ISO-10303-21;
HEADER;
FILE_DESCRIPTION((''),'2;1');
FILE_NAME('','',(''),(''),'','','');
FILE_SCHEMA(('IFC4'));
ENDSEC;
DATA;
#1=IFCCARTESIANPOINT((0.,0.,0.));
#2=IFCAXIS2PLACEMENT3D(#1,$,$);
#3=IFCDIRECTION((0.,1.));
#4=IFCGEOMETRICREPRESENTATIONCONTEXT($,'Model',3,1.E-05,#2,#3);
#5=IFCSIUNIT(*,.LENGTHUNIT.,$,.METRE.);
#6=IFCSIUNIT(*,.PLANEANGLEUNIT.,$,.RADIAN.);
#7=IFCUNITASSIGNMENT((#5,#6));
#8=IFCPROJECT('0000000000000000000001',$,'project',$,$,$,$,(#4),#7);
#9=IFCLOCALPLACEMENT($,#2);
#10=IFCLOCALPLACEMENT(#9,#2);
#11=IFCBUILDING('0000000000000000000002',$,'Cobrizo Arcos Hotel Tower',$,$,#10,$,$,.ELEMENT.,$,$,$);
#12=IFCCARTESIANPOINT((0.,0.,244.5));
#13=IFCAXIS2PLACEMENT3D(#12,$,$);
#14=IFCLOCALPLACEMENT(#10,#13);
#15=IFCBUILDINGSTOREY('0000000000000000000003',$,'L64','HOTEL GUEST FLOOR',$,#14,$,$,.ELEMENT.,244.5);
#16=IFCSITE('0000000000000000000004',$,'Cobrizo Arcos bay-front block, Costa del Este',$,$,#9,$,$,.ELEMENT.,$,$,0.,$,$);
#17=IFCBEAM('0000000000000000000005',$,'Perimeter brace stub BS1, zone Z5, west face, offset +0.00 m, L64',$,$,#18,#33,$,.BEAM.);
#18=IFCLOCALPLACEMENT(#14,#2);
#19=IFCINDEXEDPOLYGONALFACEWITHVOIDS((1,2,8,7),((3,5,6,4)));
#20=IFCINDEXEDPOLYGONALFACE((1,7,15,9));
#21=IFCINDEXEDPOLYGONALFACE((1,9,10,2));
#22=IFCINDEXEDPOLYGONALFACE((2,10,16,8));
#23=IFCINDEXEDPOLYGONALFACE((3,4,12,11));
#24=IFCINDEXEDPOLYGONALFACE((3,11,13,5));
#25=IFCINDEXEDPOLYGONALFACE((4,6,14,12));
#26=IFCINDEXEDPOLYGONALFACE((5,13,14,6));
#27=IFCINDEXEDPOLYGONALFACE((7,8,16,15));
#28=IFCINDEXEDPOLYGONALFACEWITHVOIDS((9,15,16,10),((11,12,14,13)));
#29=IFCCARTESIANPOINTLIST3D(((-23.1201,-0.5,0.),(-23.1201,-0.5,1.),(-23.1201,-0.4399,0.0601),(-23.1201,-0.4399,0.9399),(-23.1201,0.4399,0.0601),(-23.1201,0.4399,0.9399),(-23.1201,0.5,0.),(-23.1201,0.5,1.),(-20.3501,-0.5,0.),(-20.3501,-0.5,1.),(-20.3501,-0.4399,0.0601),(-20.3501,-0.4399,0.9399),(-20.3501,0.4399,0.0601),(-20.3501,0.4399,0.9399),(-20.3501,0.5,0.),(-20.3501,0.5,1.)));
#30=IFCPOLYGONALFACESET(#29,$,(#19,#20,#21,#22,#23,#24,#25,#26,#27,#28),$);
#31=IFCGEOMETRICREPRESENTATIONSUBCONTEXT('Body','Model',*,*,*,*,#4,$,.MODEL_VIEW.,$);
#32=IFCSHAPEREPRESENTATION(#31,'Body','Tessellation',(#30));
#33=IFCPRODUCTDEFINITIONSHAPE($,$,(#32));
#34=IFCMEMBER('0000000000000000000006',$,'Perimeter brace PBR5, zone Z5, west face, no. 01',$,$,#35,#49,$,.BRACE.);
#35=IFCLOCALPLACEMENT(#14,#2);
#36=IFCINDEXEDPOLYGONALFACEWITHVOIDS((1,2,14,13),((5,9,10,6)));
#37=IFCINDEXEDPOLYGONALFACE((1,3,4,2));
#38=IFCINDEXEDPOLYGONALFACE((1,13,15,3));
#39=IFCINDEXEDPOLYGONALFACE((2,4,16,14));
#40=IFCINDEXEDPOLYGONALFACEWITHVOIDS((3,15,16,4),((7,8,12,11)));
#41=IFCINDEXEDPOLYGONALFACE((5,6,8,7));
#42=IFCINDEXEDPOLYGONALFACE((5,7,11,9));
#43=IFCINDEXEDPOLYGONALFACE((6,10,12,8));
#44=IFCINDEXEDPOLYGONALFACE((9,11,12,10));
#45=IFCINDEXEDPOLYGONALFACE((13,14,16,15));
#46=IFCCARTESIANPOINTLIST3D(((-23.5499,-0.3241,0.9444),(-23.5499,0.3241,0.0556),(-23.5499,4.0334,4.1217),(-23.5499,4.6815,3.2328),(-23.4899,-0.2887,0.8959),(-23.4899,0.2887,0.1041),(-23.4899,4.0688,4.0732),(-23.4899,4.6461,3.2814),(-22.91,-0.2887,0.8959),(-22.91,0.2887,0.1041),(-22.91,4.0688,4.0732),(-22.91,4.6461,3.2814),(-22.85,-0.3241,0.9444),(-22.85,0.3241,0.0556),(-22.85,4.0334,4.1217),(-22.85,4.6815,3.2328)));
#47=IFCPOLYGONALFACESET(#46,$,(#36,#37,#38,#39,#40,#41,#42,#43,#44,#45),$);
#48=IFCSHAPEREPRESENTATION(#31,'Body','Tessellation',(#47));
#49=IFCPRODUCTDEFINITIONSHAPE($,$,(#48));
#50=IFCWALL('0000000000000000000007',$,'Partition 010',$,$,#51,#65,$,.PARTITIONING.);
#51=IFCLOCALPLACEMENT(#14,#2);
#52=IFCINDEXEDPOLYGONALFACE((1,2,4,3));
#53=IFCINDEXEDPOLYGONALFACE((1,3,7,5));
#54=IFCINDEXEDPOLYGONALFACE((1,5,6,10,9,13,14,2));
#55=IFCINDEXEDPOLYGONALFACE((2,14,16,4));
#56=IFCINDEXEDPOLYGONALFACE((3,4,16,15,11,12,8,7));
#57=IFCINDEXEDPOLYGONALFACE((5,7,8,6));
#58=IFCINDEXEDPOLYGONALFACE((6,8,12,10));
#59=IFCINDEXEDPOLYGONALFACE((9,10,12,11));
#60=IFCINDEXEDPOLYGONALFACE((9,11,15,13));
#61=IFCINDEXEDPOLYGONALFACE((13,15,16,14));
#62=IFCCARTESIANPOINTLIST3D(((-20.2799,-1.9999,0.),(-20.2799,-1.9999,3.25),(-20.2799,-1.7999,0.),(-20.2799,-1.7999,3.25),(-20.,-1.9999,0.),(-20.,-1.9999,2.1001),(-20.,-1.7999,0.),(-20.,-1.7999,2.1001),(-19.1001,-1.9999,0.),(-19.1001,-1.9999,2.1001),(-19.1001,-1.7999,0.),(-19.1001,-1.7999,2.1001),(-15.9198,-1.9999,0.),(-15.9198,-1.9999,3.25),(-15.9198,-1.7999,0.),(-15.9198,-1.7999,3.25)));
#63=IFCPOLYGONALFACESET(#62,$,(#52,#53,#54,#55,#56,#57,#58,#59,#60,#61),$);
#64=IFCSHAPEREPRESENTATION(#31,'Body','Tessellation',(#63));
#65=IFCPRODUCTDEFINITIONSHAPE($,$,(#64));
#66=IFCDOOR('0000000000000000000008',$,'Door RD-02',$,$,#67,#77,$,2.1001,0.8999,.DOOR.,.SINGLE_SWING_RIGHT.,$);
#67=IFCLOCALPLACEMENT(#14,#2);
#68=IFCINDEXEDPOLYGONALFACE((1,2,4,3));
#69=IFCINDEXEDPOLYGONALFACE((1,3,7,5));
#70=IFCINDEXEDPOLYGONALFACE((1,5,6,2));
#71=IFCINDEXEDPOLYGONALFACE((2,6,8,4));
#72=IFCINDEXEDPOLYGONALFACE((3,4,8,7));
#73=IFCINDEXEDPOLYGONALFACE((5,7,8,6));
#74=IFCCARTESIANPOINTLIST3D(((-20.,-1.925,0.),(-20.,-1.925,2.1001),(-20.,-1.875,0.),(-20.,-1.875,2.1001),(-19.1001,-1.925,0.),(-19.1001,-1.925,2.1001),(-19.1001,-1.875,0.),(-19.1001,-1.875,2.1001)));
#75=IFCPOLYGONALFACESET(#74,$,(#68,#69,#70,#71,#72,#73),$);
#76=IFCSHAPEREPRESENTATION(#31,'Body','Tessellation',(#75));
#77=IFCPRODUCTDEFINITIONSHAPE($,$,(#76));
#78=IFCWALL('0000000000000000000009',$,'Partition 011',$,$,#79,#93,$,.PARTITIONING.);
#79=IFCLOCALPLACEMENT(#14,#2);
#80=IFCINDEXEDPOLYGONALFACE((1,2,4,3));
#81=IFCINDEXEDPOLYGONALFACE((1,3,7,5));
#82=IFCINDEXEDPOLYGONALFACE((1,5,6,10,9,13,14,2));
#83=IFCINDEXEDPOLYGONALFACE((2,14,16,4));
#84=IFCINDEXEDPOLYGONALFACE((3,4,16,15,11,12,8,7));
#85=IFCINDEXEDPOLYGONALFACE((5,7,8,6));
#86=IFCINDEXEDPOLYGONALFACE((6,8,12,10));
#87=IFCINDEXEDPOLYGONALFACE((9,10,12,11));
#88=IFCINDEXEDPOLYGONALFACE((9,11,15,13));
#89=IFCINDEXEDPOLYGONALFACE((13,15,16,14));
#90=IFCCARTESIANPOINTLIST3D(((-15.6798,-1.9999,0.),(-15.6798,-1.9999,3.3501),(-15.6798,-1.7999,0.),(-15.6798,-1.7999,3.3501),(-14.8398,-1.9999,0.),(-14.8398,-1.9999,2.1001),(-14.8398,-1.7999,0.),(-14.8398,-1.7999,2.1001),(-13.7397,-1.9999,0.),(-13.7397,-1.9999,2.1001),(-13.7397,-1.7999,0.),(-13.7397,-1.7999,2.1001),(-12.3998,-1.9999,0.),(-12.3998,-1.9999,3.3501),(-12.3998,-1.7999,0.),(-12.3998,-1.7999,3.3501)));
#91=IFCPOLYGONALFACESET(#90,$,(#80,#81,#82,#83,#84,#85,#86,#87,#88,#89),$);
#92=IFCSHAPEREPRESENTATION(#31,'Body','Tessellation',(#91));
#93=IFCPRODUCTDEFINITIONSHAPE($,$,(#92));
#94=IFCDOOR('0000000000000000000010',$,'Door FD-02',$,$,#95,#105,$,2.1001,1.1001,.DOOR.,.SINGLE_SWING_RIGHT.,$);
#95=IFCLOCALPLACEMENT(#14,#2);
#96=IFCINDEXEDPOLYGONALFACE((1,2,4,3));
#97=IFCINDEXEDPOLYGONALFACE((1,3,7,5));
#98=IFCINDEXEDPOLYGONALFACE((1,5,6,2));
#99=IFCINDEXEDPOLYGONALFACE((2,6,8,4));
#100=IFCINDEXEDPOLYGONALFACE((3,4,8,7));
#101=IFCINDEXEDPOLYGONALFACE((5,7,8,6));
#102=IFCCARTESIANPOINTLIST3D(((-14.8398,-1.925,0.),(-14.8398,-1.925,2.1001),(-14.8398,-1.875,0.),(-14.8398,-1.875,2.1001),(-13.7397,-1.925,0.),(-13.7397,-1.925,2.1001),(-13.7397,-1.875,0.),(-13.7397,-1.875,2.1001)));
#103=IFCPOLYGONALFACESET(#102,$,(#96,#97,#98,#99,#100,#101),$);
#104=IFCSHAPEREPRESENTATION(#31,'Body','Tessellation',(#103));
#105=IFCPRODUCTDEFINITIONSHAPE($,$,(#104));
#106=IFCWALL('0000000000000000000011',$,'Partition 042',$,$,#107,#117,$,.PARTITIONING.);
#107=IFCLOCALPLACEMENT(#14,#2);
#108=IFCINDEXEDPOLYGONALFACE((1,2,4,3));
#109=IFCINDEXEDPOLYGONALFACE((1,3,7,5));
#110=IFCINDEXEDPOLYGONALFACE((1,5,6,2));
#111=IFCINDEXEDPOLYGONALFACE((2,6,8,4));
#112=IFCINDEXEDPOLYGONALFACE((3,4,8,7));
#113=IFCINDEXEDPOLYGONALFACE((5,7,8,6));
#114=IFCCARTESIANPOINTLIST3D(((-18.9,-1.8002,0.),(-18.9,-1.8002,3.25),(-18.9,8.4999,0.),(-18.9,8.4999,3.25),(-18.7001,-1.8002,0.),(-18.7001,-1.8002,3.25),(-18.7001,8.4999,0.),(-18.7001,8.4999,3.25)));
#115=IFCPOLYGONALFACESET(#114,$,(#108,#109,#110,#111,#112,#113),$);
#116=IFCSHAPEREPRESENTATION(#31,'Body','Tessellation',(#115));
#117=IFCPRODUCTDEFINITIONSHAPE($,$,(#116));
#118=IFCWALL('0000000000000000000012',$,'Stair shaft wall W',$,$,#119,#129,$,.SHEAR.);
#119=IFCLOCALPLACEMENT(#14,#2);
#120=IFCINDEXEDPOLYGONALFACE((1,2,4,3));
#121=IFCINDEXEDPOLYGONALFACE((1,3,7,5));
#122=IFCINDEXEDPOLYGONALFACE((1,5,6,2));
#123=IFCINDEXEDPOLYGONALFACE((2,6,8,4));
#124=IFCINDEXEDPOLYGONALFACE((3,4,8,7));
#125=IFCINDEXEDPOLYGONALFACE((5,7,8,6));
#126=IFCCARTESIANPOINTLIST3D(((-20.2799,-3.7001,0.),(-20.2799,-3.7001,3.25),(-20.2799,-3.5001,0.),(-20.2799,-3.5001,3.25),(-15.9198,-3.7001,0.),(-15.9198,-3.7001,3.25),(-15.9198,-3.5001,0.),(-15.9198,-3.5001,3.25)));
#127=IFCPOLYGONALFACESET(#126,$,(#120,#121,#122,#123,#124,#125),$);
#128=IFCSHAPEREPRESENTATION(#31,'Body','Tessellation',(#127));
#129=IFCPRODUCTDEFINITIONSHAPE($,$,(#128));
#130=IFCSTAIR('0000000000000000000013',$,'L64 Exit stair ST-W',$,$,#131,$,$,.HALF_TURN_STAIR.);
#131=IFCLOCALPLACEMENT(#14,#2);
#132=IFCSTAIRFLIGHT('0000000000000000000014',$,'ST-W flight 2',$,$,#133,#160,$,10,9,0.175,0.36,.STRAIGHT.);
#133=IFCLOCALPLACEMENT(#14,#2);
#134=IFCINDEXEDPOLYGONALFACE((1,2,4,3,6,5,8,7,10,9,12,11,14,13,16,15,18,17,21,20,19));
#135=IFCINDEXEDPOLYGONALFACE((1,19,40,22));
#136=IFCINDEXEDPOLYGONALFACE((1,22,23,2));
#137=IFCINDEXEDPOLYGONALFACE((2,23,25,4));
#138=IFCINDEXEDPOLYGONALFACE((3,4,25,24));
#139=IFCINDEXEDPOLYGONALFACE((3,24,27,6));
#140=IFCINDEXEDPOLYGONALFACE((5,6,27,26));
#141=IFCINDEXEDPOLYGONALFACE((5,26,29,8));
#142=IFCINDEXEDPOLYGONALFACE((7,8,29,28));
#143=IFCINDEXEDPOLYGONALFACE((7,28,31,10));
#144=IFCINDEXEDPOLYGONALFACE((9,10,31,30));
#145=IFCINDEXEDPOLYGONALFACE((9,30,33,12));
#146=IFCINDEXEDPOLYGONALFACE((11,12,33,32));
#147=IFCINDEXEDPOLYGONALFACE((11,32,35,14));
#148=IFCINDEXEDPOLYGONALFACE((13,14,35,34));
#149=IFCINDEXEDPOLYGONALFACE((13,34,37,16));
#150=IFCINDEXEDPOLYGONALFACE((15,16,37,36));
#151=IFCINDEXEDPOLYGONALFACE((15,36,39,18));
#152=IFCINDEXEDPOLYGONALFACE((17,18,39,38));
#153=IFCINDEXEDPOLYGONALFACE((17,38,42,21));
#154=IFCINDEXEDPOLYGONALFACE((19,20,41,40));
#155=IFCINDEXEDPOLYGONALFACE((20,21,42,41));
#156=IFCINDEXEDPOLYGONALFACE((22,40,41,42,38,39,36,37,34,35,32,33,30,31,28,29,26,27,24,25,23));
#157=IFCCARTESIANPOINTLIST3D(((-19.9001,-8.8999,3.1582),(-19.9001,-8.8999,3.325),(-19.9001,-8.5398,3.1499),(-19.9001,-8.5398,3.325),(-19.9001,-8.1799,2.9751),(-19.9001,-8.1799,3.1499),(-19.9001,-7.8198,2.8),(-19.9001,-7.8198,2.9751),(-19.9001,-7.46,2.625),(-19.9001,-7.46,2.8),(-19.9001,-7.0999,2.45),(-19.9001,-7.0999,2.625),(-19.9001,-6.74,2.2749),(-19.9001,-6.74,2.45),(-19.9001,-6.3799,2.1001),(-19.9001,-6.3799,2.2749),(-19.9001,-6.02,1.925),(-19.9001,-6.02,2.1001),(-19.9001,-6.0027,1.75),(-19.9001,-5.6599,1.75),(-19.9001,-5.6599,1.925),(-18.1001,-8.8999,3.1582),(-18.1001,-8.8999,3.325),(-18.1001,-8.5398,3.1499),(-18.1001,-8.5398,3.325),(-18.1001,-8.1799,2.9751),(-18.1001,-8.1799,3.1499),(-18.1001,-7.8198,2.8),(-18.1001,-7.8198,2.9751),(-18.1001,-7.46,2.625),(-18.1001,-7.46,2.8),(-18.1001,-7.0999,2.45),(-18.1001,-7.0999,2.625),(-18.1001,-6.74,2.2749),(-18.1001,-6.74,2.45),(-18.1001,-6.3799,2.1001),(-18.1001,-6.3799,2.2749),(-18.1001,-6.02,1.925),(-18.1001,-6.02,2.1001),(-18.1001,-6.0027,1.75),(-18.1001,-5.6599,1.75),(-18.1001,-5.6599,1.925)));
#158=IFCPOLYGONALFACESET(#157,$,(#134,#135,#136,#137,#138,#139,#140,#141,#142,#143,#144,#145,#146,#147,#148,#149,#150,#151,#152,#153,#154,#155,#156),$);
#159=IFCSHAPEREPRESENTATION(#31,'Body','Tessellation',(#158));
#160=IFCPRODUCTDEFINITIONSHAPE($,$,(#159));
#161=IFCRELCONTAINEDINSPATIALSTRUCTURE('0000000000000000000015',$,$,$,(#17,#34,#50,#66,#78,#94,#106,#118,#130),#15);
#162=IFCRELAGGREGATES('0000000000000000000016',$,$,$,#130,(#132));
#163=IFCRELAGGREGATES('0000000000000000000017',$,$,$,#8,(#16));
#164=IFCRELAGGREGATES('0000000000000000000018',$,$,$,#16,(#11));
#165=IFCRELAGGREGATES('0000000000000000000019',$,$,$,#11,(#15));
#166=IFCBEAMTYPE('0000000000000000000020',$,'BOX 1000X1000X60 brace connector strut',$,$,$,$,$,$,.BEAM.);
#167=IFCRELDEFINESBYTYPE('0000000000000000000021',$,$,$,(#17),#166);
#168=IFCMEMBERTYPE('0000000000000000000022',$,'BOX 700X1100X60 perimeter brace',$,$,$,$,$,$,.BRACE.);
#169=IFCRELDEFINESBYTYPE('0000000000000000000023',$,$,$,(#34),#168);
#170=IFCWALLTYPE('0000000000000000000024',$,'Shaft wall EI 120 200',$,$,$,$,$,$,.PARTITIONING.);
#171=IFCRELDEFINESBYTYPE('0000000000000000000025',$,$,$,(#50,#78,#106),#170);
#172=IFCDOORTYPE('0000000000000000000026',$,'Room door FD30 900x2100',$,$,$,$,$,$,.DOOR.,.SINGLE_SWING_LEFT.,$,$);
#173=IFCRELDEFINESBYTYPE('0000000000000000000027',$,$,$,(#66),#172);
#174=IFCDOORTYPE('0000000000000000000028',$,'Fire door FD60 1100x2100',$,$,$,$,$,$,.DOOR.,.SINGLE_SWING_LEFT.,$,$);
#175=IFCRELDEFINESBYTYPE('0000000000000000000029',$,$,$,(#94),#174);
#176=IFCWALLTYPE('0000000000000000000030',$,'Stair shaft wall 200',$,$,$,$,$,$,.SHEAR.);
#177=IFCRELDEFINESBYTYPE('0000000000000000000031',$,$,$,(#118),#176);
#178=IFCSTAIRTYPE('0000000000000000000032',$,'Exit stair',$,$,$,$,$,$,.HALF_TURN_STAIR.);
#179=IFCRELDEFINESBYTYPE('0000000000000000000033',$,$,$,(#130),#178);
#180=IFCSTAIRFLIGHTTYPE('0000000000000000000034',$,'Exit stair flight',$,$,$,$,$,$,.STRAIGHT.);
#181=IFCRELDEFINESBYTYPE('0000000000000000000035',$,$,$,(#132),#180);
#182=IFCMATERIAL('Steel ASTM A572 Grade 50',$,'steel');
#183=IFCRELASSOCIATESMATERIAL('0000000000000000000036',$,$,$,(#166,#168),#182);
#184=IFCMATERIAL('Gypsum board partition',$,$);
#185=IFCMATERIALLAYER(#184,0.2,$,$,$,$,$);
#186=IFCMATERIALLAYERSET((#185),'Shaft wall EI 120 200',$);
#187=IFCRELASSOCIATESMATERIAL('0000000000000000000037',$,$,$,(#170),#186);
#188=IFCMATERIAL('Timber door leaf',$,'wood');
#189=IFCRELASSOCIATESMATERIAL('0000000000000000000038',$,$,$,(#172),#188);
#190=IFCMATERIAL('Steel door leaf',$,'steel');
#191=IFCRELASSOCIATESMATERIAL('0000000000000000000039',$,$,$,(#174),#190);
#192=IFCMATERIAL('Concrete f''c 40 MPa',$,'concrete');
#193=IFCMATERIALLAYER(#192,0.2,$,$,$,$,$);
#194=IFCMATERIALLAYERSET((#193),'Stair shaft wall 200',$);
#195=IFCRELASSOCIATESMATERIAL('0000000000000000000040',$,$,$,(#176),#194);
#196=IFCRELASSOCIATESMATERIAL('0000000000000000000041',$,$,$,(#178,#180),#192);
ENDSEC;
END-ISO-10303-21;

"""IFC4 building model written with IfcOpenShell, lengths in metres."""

from ifc_helpers import new_model, si_unit, direction, frame, frame_2d, origin, origin_2d, place, context, subcontext, project, spatial, polyline, rectangle, hollow_rectangle, outline, extrude, material, layer, layer_set, material_profile, profile_set, type_object, element, fill, aggregate, save


model = new_model("IFC4")

# Units and contexts
model_context = context("Model", 3, precision=1e-05, world=origin(), true_north=direction((0.0, 1.0)))
body_context = subcontext(model_context, "Body", "Model", "MODEL_VIEW")
ifc_project = project(units=[si_unit("LENGTHUNIT", "METRE"), si_unit("PLANEANGLEUNIT", "RADIAN")], contexts=[model_context])

# Site, building, storey
site_placement = place(None, origin())
site = spatial("IfcSite", under=ifc_project, at=site_placement, Name="Cobrizo Arcos bay-front block, Costa del Este", CompositionType="ELEMENT", RefElevation=0.0)
building_placement = place(site_placement, origin())
building = spatial("IfcBuilding", under=site, at=building_placement, Name="Cobrizo Arcos Hotel Tower", CompositionType="ELEMENT")
storey_placement = place(building_placement, frame((0.0, 0.0, 244.5)))
storey = spatial("IfcBuildingStorey", under=building, at=storey_placement, Name="L64", Description="HOTEL GUEST FLOOR", CompositionType="ELEMENT", Elevation=244.5)

# Beam
ifc_material_1 = material(Name="Steel ASTM A572 Grade 50", Category="steel")
ifc_material_profile_1 = material_profile(ifc_material_1, hollow_rectangle(XDim=1.0, YDim=1.0, WallThickness=0.0601, at=origin_2d()), Name="BOX 1000X1000X60")
ifc_profile_set_1 = profile_set([ifc_material_profile_1], Name="Steel ASTM A572 Grade 50")
beam_type = type_object("IfcBeamType", Name="BOX 1000X1000X60 brace connector strut", PredefinedType="BEAM", material=ifc_profile_set_1)
beam_placement = place(storey_placement, frame((-20.3501, 0.0, 0.5), z_axis=(-1.0, 0.0, 0.0), x_axis=(0.0, -1.0, 0.0)))
element("IfcBeam", 1, at=beam_placement, inside=storey, type_object=beam_type, Name="Perimeter brace stub BS1, zone Z5, west face, offset +0.00 m, L64", PredefinedType="BEAM", context=body_context, shape_type="SweptSolid", body=[
    extrude(hollow_rectangle(XDim=1.0, YDim=1.0, WallThickness=0.0601, at=origin_2d()), origin(), (0.0, 0.0, 1.0), 2.77),
])

# Member
ifc_material_profile_2 = material_profile(ifc_material_1, hollow_rectangle(XDim=0.7, YDim=1.1001, WallThickness=0.0601, at=origin_2d()), Name="BOX 700X1100X60")
ifc_profile_set_2 = profile_set([ifc_material_profile_2], Name="Steel ASTM A572 Grade 50")
member_type = type_object("IfcMemberType", Name="BOX 700X1100X60 perimeter brace", PredefinedType="BRACE", material=ifc_profile_set_2)
member_placement = place(storey_placement, frame((-23.2, 0.0, 0.5), z_axis=(0.0, 0.808011, 0.589167), x_axis=(-1.0, 0.0, 0.0)))
element("IfcMember", 2, at=member_placement, inside=storey, type_object=member_type, Name="Perimeter brace PBR5, zone Z5, west face, no. 01", PredefinedType="BRACE", context=body_context, shape_type="SweptSolid", body=[
    extrude(hollow_rectangle(XDim=0.7, YDim=1.1001, WallThickness=0.0601, at=origin_2d()), origin(), (0.0, 0.0, 1.0), 5.3928),
])

# Walls, openings, doors
ifc_material_2 = material(Name="Gypsum board partition")
ifc_layer_1 = layer(ifc_material_2, 0.2)
ifc_layer_set_1 = layer_set([ifc_layer_1], Name="Shaft wall EI 120 200")
wall_type_1 = type_object("IfcWallType", Name="Shaft wall EI 120 200", PredefinedType="PARTITIONING", material=ifc_layer_set_1)
wall_1_placement = place(storey_placement, frame((-20.28, -1.8999, 0.0), z_axis=(0.0, 0.0, 1.0), x_axis=(1.0, 0.0, 0.0)))
wall_1 = element("IfcWall", 3, at=wall_1_placement, inside=storey, type_object=wall_type_1, Name="Partition 010", PredefinedType="PARTITIONING", context=body_context, shape_type="SweptSolid", body=[
    extrude(rectangle(XDim=4.3601, YDim=0.2, at=frame_2d((2.1802, 0.0))), origin(), (0.0, 0.0, 1.0), 3.25),
])
opening_1_placement = place(wall_1_placement, frame((0.28, 0.0, 0.0)))
opening_1 = element("IfcOpeningElement", 4, at=opening_1_placement, cuts=wall_1, PredefinedType="OPENING", context=body_context, shape_type="SweptSolid", body=[
    extrude(rectangle(XDim=0.8999, YDim=2.1001, at=frame_2d((0.45, 1.05))), frame((0.0, 0.1121, 0.0), z_axis=(0.0, -1.0, 0.0), x_axis=(1.0, 0.0, 0.0)), (0.0, 0.0, 1.0), 0.2239),
])
ifc_material_3 = material(Name="Timber door leaf", Category="wood")
door_type_1 = type_object("IfcDoorType", Name="Room door FD30 900x2100", OperationType="SINGLE_SWING_LEFT", PredefinedType="DOOR", material=ifc_material_3)
door_1_placement = place(opening_1_placement, origin())
door_1 = element("IfcDoor", 5, at=door_1_placement, inside=storey, type_object=door_type_1, Name="Door RD-02", OperationType="SINGLE_SWING_RIGHT", OverallHeight=2.1001, OverallWidth=0.8999, PredefinedType="DOOR", context=body_context, shape_type="SweptSolid", body=[
    extrude(rectangle(XDim=0.8999, YDim=2.1001, at=frame_2d((0.45, 1.05))), frame((0.0, 0.0249, 0.0), z_axis=(0.0, -1.0, 0.0), x_axis=(1.0, 0.0, 0.0)), (0.0, 0.0, 1.0), 0.05),
])
fill(opening_1, door_1)
wall_2_placement = place(storey_placement, frame((-15.6799, -1.8999, 0.0), z_axis=(0.0, 0.0, 1.0), x_axis=(1.0, 0.0, 0.0)))
wall_2 = element("IfcWall", 6, at=wall_2_placement, inside=storey, type_object=wall_type_1, Name="Partition 011", PredefinedType="PARTITIONING", context=body_context, shape_type="SweptSolid", body=[
    extrude(rectangle(XDim=3.28, YDim=0.2, at=frame_2d((1.6401, 0.0))), origin(), (0.0, 0.0, 1.0), 3.3501),
])
opening_2_placement = place(wall_2_placement, frame((0.8401, 0.0, 0.0)))
opening_2 = element("IfcOpeningElement", 7, at=opening_2_placement, cuts=wall_2, PredefinedType="OPENING", context=body_context, shape_type="SweptSolid", body=[
    extrude(rectangle(XDim=1.1001, YDim=2.1001, at=frame_2d((0.55, 1.05))), frame((0.0, 0.1121, 0.0), z_axis=(0.0, -1.0, 0.0), x_axis=(1.0, 0.0, 0.0)), (0.0, 0.0, 1.0), 0.2239),
])
ifc_material_4 = material(Name="Steel door leaf", Category="steel")
door_type_2 = type_object("IfcDoorType", Name="Fire door FD60 1100x2100", OperationType="SINGLE_SWING_LEFT", PredefinedType="DOOR", material=ifc_material_4)
door_2_placement = place(opening_2_placement, origin())
door_2 = element("IfcDoor", 8, at=door_2_placement, inside=storey, type_object=door_type_2, Name="Door FD-02", OperationType="SINGLE_SWING_RIGHT", OverallHeight=2.1001, OverallWidth=1.1001, PredefinedType="DOOR", context=body_context, shape_type="SweptSolid", body=[
    extrude(rectangle(XDim=1.1001, YDim=2.1001, at=frame_2d((0.55, 1.05))), frame((0.0, 0.0249, 0.0), z_axis=(0.0, -1.0, 0.0), x_axis=(1.0, 0.0, 0.0)), (0.0, 0.0, 1.0), 0.05),
])
fill(opening_2, door_2)

# Walls
wall_3_placement = place(storey_placement, frame((-18.8, -1.8, 0.0), z_axis=(0.0, 0.0, 1.0), x_axis=(0.0, 1.0, 0.0)))
element("IfcWall", 9, at=wall_3_placement, inside=storey, type_object=wall_type_1, Name="Partition 042", PredefinedType="PARTITIONING", context=body_context, shape_type="SweptSolid", body=[
    extrude(rectangle(XDim=10.3, YDim=0.2, at=frame_2d((5.1499, 0.0))), origin(), (0.0, 0.0, 1.0), 3.25),
])
ifc_material_5 = material(Name="Concrete f'c 40 MPa", Category="concrete")
ifc_layer_2 = layer(ifc_material_5, 0.2)
ifc_layer_set_2 = layer_set([ifc_layer_2], Name="Stair shaft wall 200")
wall_type_2 = type_object("IfcWallType", Name="Stair shaft wall 200", PredefinedType="SHEAR", material=ifc_layer_set_2)
wall_4_placement = place(storey_placement, frame((-20.28, -3.6001, 0.0), z_axis=(0.0, 0.0, 1.0), x_axis=(1.0, 0.0, 0.0)))
element("IfcWall", 10, at=wall_4_placement, inside=storey, type_object=wall_type_2, Name="Stair shaft wall W", PredefinedType="SHEAR", context=body_context, shape_type="SweptSolid", body=[
    extrude(rectangle(XDim=4.3601, YDim=0.2, at=frame_2d((2.1802, 0.0))), origin(), (0.0, 0.0, 1.0), 3.25),
])

# Stair, stair flight
stair_type = type_object("IfcStairType", Name="Exit stair", PredefinedType="HALF_TURN_STAIR", material=ifc_material_5)
stair_placement = place(storey_placement, origin())
stair = element("IfcStair", 11, at=stair_placement, inside=storey, type_object=stair_type, Name="L64 Exit stair ST-W", PredefinedType="HALF_TURN_STAIR")
stair_flight_type = type_object("IfcStairFlightType", Name="Exit stair flight", PredefinedType="STRAIGHT", material=ifc_material_5)
stair_flight_placement = place(storey_placement, frame((-19.0, -5.6599, 1.75), z_axis=(0.0, 0.0, 1.0), x_axis=(0.0, -1.0, 0.0)))
stair_flight = element("IfcStairFlight", 12, at=stair_flight_placement, type_object=stair_flight_type, Name="ST-W flight 2", NumberOfRisers=10, NumberOfTreads=9, PredefinedType="STRAIGHT", RiserHeight=0.175, TreadLength=0.36, context=body_context, shape_type="SweptSolid", body=[
    extrude(outline(polyline([(0.0, 0.0), (0.0, 0.175), (0.3601, 0.175), (0.3601, 0.3501), (0.72, 0.3501), (0.72, 0.5249), (1.0801, 0.5249), (1.0801, 0.7), (1.4399, 0.7), (1.4399, 0.875), (1.8, 0.875), (1.8, 1.05), (2.1599, 1.05), (2.1599, 1.2251), (2.52, 1.2251), (2.52, 1.3999), (2.8799, 1.3999), (2.8799, 1.575), (3.24, 1.575), (3.24, 1.75), (3.24, 1.4082), (0.3428, 0.0), (0.0, 0.0)])), frame((0.0, 0.8999, 0.0), z_axis=(0.0, -1.0, 0.0), x_axis=(1.0, 0.0, 0.0)), (0.0, 0.0, 1.0), 1.8),
])
aggregate(stair, [stair_flight])

save(model, "model.ifc")
